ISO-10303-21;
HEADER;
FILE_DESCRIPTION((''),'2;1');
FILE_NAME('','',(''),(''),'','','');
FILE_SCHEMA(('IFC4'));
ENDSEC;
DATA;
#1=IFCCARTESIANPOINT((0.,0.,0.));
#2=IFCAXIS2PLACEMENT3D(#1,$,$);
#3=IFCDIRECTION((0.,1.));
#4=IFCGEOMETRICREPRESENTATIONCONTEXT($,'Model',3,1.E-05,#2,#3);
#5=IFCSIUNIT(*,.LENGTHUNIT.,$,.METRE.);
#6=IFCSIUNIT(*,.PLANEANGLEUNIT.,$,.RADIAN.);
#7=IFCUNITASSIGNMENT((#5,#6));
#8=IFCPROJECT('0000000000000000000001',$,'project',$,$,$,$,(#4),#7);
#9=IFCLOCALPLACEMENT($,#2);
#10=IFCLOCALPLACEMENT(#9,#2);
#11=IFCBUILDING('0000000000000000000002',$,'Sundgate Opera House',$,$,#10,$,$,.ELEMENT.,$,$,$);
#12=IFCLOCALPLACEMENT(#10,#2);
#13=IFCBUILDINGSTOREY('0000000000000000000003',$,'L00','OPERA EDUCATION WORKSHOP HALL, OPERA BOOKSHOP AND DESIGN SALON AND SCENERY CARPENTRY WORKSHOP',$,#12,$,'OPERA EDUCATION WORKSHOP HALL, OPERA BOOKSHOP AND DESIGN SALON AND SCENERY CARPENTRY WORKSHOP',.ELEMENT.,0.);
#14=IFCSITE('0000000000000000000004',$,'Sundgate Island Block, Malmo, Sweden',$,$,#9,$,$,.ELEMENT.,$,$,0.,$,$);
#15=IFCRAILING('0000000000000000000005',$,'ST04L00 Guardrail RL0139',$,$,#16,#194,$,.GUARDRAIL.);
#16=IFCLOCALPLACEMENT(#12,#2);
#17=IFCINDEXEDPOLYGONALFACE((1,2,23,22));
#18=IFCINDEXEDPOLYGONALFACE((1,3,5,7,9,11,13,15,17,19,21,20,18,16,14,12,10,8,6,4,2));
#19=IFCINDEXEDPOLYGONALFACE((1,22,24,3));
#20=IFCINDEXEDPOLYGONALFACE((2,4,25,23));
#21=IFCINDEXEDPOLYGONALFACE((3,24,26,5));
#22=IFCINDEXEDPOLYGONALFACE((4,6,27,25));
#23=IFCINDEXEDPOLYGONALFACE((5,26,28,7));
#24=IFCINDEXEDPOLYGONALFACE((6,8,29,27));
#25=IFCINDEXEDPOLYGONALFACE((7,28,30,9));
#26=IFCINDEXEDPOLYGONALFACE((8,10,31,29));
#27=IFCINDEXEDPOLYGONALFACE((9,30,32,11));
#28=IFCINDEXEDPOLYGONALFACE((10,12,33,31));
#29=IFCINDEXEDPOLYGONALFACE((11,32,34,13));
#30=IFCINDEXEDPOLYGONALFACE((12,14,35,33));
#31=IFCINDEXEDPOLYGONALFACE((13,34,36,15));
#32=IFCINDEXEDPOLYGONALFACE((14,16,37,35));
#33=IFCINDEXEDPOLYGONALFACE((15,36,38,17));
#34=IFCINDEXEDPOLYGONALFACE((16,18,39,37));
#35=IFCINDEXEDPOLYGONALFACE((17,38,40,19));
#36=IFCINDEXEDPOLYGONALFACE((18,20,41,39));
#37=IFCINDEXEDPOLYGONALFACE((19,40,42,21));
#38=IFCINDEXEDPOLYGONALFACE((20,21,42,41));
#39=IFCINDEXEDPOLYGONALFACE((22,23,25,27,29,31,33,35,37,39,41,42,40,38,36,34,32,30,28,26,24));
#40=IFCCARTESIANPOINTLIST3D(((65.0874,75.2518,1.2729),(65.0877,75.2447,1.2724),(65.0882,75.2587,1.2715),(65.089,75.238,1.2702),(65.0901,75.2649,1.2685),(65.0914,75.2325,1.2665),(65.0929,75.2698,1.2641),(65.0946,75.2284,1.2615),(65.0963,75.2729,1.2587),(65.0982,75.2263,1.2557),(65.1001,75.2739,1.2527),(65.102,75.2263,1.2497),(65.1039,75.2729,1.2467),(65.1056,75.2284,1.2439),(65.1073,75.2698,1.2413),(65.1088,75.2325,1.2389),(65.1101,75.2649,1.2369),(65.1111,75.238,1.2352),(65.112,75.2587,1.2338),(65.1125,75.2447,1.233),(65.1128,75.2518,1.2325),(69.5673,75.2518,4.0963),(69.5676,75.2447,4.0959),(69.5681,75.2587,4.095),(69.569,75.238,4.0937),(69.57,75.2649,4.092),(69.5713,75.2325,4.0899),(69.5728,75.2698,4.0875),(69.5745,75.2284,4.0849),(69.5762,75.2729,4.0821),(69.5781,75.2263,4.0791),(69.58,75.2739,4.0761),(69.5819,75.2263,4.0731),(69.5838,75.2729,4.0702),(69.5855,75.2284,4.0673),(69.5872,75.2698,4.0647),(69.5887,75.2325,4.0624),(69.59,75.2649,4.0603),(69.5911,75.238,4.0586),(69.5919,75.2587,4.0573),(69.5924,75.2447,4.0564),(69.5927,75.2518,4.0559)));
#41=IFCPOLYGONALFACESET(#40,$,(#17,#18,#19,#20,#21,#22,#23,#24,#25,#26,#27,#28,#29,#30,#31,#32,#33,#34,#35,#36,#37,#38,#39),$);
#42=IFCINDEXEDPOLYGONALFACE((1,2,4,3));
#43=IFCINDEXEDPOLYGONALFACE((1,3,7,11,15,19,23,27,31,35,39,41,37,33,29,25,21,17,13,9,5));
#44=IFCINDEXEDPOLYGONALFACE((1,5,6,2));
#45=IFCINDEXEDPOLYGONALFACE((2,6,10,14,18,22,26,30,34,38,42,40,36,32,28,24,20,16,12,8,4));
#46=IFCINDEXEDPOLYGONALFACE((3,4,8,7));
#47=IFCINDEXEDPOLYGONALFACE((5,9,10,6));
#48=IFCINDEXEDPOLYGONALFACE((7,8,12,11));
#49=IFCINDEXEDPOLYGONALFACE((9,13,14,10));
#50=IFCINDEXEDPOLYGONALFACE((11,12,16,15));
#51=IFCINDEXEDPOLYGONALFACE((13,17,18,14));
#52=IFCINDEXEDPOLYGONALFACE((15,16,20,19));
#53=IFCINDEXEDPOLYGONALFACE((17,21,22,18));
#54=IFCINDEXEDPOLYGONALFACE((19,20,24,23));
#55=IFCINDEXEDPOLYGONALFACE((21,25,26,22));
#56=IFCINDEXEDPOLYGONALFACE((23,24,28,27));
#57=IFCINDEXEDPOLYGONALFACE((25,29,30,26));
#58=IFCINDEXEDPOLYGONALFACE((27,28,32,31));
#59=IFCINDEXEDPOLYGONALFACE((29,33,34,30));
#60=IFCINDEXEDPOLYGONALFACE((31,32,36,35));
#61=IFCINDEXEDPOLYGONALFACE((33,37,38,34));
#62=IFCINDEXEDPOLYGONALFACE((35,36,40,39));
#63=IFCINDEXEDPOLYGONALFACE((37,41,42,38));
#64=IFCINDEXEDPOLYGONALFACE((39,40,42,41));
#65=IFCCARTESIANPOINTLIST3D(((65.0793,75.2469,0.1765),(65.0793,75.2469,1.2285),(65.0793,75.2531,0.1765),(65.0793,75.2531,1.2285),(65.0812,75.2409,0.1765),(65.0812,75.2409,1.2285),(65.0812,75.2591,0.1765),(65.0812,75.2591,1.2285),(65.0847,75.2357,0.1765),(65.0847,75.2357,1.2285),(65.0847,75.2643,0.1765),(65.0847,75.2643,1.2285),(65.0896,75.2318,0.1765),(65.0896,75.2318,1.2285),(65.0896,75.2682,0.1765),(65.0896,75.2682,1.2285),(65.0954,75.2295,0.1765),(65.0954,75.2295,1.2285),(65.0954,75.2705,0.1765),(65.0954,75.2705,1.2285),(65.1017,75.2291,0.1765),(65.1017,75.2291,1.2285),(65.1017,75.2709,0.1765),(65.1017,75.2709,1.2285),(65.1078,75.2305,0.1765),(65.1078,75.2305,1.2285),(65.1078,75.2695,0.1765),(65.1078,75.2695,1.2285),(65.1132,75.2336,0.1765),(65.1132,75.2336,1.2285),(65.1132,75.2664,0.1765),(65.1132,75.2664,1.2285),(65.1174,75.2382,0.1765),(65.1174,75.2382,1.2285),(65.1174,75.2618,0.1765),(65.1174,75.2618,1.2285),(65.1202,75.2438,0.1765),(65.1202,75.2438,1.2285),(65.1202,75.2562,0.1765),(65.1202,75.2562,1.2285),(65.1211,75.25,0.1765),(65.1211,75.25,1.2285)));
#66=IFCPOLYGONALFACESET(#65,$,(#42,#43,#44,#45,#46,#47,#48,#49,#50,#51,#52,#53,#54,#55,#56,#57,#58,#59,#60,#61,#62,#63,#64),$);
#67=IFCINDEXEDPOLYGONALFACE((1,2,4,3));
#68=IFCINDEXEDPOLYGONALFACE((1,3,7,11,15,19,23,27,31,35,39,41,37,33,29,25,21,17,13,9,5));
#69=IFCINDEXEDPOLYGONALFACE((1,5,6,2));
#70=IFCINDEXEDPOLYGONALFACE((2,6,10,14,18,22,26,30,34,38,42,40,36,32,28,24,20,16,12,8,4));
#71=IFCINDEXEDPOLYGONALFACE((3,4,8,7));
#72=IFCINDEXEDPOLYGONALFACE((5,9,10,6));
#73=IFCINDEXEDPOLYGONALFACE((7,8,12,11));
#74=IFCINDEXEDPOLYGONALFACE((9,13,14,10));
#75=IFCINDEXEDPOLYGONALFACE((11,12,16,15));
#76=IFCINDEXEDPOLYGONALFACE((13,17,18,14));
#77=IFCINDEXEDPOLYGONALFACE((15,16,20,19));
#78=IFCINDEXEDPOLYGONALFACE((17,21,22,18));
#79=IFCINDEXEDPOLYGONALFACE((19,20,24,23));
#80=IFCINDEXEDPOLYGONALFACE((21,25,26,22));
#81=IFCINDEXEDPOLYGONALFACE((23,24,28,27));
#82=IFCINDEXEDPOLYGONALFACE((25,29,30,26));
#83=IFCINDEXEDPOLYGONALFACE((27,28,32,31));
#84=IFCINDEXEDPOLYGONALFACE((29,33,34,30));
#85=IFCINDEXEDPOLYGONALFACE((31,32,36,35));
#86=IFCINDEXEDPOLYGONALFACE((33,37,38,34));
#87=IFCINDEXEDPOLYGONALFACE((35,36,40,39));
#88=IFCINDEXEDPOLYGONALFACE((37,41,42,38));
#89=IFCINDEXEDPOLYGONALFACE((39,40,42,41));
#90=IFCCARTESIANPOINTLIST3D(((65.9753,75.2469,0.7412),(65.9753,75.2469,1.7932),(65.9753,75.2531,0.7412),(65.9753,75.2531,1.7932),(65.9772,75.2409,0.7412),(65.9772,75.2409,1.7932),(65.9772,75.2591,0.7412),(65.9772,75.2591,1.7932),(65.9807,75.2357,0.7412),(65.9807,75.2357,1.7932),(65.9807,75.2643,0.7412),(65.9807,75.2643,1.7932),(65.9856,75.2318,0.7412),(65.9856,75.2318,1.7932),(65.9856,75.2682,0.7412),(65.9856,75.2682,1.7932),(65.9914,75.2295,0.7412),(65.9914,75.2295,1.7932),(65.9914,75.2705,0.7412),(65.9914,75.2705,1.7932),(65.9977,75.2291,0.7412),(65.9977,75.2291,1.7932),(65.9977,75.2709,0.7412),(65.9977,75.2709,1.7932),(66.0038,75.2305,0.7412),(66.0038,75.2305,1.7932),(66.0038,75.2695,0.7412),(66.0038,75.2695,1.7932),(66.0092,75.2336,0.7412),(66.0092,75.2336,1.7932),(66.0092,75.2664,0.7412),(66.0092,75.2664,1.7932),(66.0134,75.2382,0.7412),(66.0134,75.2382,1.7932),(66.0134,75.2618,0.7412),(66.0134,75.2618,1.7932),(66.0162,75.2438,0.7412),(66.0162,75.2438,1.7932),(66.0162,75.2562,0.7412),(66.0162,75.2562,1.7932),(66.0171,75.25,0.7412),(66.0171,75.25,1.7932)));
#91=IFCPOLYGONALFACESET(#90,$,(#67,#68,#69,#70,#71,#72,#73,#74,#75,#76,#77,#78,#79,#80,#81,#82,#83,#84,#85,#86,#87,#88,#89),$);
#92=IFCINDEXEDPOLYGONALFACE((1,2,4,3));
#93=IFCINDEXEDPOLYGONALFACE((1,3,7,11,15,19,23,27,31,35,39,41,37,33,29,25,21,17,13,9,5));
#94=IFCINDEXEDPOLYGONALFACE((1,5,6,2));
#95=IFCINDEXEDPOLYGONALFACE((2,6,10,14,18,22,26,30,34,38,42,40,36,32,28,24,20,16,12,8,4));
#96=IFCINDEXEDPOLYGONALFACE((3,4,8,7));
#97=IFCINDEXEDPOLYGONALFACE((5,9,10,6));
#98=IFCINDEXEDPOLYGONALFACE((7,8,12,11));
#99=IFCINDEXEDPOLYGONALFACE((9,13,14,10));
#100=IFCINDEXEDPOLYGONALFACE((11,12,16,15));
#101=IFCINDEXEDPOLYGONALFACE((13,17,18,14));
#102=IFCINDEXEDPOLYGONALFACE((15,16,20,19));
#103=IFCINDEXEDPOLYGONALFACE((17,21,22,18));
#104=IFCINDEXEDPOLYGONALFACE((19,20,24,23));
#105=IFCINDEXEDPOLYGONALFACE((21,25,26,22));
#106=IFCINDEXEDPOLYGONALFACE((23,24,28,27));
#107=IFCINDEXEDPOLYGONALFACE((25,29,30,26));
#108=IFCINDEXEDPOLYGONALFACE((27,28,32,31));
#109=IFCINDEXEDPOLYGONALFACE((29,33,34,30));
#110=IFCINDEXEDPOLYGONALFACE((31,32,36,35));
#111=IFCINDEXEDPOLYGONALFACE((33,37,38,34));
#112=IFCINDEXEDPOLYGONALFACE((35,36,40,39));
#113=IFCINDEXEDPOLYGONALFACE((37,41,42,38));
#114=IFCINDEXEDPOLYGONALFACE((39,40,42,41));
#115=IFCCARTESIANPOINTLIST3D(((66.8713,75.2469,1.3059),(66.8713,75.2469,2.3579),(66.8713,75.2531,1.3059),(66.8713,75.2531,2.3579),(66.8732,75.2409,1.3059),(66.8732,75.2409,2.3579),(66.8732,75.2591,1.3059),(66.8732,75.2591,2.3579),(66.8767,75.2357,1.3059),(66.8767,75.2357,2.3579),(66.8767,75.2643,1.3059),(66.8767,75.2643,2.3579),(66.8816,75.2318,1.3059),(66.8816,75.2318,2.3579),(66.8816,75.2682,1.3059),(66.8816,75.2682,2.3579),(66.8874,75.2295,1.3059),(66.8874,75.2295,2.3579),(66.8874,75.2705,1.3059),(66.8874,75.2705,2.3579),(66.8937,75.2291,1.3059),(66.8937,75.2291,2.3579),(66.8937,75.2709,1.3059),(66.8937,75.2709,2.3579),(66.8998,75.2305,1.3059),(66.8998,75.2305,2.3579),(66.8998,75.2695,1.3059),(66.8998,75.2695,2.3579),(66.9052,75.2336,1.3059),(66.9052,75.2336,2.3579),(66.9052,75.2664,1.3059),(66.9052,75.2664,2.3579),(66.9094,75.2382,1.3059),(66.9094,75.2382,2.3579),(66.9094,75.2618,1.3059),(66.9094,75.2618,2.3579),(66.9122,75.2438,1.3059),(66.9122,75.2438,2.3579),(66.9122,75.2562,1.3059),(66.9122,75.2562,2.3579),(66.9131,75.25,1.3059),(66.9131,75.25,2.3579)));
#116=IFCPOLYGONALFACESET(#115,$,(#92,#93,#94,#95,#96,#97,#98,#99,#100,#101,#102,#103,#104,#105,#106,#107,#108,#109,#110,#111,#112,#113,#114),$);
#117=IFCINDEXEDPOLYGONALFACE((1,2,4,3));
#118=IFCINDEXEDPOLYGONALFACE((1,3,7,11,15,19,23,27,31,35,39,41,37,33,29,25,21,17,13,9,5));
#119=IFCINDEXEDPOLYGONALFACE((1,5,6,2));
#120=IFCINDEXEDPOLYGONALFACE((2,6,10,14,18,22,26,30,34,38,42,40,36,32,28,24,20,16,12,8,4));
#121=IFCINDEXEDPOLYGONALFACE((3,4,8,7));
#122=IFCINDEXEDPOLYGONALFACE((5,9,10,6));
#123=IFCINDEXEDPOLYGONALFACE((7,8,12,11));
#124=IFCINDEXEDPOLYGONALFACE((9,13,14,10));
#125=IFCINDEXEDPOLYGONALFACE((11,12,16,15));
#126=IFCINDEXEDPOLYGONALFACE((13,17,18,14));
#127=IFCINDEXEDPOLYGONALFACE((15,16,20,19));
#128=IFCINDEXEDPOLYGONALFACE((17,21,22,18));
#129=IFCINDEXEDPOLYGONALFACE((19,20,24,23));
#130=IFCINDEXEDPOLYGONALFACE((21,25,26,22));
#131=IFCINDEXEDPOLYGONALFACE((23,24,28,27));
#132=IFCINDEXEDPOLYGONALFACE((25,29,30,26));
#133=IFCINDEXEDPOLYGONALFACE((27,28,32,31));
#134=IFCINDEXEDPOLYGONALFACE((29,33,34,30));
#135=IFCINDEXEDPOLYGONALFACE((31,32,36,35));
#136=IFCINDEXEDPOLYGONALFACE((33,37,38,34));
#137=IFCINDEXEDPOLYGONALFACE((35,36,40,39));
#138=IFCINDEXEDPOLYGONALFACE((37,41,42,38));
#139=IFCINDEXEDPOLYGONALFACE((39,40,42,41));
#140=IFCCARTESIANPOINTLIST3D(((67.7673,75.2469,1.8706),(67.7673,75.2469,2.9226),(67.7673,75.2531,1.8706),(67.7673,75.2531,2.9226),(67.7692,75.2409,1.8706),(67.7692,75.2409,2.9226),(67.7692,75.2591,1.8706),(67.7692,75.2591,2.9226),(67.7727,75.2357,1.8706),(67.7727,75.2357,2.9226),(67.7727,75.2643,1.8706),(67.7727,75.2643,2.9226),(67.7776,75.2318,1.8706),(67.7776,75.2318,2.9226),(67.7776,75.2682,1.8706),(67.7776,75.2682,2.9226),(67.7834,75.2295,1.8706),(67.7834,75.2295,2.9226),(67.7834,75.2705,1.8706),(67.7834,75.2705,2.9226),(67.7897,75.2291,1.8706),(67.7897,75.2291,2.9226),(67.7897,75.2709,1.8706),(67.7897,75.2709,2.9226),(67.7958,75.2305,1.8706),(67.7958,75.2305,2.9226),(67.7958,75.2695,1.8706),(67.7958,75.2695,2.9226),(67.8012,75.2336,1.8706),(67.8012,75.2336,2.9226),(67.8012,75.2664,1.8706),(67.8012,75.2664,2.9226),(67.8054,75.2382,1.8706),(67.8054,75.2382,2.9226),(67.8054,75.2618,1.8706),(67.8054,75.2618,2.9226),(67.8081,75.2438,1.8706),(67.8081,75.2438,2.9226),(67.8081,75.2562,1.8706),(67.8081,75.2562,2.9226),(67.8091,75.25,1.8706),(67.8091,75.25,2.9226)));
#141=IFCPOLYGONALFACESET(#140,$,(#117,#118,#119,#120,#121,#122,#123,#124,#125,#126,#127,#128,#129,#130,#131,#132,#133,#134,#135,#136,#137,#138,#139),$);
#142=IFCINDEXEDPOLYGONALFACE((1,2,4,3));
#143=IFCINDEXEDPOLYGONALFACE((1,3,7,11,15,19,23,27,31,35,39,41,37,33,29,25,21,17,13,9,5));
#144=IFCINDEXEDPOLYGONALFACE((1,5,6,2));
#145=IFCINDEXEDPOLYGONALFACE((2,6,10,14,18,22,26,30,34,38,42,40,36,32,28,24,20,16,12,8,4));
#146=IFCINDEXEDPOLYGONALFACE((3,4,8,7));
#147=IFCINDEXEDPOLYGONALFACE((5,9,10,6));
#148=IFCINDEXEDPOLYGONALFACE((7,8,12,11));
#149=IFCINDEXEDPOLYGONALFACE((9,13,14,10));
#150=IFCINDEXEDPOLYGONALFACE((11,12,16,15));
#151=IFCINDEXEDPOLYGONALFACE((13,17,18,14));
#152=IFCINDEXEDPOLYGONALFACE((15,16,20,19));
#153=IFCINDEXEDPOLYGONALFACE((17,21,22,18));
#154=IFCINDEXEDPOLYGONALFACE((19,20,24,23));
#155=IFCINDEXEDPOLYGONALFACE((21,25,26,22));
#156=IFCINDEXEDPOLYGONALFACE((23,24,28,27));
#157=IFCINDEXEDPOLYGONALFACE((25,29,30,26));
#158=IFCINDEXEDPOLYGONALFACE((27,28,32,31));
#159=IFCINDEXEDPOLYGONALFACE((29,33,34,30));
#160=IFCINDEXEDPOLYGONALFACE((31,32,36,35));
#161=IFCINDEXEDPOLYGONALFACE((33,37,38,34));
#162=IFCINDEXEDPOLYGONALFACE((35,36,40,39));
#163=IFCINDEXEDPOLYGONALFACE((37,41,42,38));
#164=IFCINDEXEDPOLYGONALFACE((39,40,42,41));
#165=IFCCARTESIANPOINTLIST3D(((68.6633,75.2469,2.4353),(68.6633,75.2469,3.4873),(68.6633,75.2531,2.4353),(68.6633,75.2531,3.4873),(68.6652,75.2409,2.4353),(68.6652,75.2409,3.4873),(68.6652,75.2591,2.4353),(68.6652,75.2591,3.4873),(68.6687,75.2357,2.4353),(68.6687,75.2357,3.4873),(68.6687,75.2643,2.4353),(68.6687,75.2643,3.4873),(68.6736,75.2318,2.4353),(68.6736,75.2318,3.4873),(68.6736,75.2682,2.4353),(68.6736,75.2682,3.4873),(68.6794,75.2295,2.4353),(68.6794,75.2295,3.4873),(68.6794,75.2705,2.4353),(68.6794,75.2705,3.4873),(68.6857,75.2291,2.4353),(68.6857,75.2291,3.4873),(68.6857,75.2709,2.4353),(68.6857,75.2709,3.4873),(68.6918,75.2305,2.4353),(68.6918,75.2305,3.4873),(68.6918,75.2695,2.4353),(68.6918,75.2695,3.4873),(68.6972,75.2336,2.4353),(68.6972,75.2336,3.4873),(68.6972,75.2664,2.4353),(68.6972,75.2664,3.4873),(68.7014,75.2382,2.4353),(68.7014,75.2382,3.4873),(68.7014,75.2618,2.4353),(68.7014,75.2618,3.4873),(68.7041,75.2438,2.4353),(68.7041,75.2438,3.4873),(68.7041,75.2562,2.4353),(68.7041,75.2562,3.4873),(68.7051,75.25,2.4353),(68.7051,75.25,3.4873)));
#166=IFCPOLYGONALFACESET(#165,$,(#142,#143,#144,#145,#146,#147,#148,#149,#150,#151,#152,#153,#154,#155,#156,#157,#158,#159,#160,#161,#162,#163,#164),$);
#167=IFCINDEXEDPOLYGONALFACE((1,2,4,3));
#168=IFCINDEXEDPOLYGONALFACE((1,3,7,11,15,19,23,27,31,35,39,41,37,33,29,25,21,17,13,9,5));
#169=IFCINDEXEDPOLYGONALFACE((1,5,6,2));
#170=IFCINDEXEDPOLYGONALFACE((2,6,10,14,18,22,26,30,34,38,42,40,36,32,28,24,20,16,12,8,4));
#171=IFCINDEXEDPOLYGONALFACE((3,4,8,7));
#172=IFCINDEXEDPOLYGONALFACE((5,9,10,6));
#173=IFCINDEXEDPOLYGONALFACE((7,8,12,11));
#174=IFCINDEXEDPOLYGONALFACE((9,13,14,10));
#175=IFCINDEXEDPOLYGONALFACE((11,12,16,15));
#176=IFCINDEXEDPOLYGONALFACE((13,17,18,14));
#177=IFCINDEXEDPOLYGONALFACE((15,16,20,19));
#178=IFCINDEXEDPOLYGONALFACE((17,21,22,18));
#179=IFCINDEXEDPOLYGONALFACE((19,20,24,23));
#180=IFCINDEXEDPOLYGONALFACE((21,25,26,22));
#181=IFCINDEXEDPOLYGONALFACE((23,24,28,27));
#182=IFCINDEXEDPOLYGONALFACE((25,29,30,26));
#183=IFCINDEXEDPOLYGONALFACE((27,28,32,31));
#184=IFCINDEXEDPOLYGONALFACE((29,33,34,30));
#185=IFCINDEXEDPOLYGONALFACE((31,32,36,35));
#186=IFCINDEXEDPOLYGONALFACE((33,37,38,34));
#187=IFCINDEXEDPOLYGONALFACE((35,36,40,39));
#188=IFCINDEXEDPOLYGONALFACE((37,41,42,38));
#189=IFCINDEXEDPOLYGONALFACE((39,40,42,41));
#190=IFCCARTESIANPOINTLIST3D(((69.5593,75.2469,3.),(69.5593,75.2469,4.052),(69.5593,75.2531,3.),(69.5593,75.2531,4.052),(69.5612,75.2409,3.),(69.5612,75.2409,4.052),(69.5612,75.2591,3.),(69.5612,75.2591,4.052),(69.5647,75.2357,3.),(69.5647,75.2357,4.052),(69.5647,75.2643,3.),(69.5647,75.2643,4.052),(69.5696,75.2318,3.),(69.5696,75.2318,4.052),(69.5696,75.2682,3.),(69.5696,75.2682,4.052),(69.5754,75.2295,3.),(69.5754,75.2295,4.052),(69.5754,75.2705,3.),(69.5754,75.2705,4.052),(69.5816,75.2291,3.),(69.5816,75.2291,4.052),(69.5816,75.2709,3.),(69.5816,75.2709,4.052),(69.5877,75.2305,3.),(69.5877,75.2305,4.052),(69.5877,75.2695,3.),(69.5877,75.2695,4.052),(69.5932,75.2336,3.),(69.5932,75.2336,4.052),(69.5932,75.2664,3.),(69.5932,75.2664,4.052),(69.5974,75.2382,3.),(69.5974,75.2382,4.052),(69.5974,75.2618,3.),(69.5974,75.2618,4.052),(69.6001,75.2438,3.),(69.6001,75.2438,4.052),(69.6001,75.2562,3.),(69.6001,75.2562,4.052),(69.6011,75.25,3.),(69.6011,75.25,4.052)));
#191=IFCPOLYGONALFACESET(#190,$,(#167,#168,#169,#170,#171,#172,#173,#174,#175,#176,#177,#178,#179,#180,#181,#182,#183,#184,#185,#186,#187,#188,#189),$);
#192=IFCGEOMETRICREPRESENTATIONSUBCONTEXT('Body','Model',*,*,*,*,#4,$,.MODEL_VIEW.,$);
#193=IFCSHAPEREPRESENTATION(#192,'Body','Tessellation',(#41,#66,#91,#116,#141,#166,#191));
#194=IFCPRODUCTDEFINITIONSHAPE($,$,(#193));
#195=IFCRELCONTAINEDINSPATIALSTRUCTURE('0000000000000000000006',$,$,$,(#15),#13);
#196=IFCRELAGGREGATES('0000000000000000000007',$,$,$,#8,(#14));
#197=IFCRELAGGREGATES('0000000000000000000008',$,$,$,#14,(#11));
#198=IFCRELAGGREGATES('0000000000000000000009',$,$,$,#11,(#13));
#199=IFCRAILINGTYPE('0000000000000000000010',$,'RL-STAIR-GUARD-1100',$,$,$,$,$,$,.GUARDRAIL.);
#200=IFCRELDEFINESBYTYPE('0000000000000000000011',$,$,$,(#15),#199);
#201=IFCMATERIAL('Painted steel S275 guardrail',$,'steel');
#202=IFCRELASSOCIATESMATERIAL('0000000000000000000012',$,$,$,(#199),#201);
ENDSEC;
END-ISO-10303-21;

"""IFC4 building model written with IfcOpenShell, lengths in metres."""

from ifc_helpers import new_model, si_unit, direction, frame, origin, origin_2d, place, context, subcontext, project, spatial, circle, extrude, material, type_object, element, save


model = new_model("IFC4")

# Units and contexts
model_context = context("Model", 3, precision=1e-05, world=origin(), true_north=direction((0.0, 1.0)))
body_context = subcontext(model_context, "Body", "Model", "MODEL_VIEW")
ifc_project = project(units=[si_unit("LENGTHUNIT", "METRE"), si_unit("PLANEANGLEUNIT", "RADIAN")], contexts=[model_context])

# Site, building, storey
site_placement = place(None, origin())
site = spatial("IfcSite", under=ifc_project, at=site_placement, Name="Sundgate Island Block, Malmo, Sweden", CompositionType="ELEMENT", RefElevation=0.0)
building_placement = place(site_placement, origin())
building = spatial("IfcBuilding", under=site, at=building_placement, Name="Sundgate Opera House", CompositionType="ELEMENT")
storey_placement = place(building_placement, origin())
storey = spatial("IfcBuildingStorey", under=building, at=storey_placement, Name="L00", Description="OPERA EDUCATION WORKSHOP HALL, OPERA BOOKSHOP AND DESIGN SALON AND SCENERY CARPENTRY WORKSHOP", LongName="OPERA EDUCATION WORKSHOP HALL, OPERA BOOKSHOP AND DESIGN SALON AND SCENERY CARPENTRY WORKSHOP", CompositionType="ELEMENT", Elevation=0.0)

# Railing
ifc_material_1 = material(Name="Painted steel S275 guardrail", Category="steel")
railing_type_1 = type_object("IfcRailingType", Name="RL-STAIR-GUARD-1100", PredefinedType="GUARDRAIL", material=ifc_material_1)
railing_1_placement = place(storey_placement, frame((65.1001, 75.25, 0.1765)))
element("IfcRailing", 1, at=railing_1_placement, inside=storey, type_object=railing_type_1, Name="ST04L00 Guardrail RL0139", PredefinedType="GUARDRAIL", context=body_context, shape_type="SweptSolid", body=[
    extrude(circle(Radius=0.0239, at=origin_2d()), frame((0.0, 0.0, 1.0762), z_axis=(0.845998, 0.0, 0.533186), x_axis=(0.0, 1.0, 0.0)), (0.0, 0.0, 1.0), 5.2954),
    extrude(circle(Radius=0.021, at=origin_2d()), origin(), (0.0, 0.0, 1.0), 1.052),
    extrude(circle(Radius=0.021, at=origin_2d()), frame((0.896, 0.0, 0.5647)), (0.0, 0.0, 1.0), 1.052),
    extrude(circle(Radius=0.021, at=origin_2d()), frame((1.792, 0.0, 1.1294)), (0.0, 0.0, 1.0), 1.052),
    extrude(circle(Radius=0.021, at=origin_2d()), frame((2.688, 0.0, 1.6941)), (0.0, 0.0, 1.0), 1.052),
    extrude(circle(Radius=0.021, at=origin_2d()), frame((3.584, 0.0, 2.2588)), (0.0, 0.0, 1.0), 1.052),
    extrude(circle(Radius=0.021, at=origin_2d()), frame((4.48, 0.0, 2.8235)), (0.0, 0.0, 1.0), 1.052),
])

save(model, "model.ifc")
